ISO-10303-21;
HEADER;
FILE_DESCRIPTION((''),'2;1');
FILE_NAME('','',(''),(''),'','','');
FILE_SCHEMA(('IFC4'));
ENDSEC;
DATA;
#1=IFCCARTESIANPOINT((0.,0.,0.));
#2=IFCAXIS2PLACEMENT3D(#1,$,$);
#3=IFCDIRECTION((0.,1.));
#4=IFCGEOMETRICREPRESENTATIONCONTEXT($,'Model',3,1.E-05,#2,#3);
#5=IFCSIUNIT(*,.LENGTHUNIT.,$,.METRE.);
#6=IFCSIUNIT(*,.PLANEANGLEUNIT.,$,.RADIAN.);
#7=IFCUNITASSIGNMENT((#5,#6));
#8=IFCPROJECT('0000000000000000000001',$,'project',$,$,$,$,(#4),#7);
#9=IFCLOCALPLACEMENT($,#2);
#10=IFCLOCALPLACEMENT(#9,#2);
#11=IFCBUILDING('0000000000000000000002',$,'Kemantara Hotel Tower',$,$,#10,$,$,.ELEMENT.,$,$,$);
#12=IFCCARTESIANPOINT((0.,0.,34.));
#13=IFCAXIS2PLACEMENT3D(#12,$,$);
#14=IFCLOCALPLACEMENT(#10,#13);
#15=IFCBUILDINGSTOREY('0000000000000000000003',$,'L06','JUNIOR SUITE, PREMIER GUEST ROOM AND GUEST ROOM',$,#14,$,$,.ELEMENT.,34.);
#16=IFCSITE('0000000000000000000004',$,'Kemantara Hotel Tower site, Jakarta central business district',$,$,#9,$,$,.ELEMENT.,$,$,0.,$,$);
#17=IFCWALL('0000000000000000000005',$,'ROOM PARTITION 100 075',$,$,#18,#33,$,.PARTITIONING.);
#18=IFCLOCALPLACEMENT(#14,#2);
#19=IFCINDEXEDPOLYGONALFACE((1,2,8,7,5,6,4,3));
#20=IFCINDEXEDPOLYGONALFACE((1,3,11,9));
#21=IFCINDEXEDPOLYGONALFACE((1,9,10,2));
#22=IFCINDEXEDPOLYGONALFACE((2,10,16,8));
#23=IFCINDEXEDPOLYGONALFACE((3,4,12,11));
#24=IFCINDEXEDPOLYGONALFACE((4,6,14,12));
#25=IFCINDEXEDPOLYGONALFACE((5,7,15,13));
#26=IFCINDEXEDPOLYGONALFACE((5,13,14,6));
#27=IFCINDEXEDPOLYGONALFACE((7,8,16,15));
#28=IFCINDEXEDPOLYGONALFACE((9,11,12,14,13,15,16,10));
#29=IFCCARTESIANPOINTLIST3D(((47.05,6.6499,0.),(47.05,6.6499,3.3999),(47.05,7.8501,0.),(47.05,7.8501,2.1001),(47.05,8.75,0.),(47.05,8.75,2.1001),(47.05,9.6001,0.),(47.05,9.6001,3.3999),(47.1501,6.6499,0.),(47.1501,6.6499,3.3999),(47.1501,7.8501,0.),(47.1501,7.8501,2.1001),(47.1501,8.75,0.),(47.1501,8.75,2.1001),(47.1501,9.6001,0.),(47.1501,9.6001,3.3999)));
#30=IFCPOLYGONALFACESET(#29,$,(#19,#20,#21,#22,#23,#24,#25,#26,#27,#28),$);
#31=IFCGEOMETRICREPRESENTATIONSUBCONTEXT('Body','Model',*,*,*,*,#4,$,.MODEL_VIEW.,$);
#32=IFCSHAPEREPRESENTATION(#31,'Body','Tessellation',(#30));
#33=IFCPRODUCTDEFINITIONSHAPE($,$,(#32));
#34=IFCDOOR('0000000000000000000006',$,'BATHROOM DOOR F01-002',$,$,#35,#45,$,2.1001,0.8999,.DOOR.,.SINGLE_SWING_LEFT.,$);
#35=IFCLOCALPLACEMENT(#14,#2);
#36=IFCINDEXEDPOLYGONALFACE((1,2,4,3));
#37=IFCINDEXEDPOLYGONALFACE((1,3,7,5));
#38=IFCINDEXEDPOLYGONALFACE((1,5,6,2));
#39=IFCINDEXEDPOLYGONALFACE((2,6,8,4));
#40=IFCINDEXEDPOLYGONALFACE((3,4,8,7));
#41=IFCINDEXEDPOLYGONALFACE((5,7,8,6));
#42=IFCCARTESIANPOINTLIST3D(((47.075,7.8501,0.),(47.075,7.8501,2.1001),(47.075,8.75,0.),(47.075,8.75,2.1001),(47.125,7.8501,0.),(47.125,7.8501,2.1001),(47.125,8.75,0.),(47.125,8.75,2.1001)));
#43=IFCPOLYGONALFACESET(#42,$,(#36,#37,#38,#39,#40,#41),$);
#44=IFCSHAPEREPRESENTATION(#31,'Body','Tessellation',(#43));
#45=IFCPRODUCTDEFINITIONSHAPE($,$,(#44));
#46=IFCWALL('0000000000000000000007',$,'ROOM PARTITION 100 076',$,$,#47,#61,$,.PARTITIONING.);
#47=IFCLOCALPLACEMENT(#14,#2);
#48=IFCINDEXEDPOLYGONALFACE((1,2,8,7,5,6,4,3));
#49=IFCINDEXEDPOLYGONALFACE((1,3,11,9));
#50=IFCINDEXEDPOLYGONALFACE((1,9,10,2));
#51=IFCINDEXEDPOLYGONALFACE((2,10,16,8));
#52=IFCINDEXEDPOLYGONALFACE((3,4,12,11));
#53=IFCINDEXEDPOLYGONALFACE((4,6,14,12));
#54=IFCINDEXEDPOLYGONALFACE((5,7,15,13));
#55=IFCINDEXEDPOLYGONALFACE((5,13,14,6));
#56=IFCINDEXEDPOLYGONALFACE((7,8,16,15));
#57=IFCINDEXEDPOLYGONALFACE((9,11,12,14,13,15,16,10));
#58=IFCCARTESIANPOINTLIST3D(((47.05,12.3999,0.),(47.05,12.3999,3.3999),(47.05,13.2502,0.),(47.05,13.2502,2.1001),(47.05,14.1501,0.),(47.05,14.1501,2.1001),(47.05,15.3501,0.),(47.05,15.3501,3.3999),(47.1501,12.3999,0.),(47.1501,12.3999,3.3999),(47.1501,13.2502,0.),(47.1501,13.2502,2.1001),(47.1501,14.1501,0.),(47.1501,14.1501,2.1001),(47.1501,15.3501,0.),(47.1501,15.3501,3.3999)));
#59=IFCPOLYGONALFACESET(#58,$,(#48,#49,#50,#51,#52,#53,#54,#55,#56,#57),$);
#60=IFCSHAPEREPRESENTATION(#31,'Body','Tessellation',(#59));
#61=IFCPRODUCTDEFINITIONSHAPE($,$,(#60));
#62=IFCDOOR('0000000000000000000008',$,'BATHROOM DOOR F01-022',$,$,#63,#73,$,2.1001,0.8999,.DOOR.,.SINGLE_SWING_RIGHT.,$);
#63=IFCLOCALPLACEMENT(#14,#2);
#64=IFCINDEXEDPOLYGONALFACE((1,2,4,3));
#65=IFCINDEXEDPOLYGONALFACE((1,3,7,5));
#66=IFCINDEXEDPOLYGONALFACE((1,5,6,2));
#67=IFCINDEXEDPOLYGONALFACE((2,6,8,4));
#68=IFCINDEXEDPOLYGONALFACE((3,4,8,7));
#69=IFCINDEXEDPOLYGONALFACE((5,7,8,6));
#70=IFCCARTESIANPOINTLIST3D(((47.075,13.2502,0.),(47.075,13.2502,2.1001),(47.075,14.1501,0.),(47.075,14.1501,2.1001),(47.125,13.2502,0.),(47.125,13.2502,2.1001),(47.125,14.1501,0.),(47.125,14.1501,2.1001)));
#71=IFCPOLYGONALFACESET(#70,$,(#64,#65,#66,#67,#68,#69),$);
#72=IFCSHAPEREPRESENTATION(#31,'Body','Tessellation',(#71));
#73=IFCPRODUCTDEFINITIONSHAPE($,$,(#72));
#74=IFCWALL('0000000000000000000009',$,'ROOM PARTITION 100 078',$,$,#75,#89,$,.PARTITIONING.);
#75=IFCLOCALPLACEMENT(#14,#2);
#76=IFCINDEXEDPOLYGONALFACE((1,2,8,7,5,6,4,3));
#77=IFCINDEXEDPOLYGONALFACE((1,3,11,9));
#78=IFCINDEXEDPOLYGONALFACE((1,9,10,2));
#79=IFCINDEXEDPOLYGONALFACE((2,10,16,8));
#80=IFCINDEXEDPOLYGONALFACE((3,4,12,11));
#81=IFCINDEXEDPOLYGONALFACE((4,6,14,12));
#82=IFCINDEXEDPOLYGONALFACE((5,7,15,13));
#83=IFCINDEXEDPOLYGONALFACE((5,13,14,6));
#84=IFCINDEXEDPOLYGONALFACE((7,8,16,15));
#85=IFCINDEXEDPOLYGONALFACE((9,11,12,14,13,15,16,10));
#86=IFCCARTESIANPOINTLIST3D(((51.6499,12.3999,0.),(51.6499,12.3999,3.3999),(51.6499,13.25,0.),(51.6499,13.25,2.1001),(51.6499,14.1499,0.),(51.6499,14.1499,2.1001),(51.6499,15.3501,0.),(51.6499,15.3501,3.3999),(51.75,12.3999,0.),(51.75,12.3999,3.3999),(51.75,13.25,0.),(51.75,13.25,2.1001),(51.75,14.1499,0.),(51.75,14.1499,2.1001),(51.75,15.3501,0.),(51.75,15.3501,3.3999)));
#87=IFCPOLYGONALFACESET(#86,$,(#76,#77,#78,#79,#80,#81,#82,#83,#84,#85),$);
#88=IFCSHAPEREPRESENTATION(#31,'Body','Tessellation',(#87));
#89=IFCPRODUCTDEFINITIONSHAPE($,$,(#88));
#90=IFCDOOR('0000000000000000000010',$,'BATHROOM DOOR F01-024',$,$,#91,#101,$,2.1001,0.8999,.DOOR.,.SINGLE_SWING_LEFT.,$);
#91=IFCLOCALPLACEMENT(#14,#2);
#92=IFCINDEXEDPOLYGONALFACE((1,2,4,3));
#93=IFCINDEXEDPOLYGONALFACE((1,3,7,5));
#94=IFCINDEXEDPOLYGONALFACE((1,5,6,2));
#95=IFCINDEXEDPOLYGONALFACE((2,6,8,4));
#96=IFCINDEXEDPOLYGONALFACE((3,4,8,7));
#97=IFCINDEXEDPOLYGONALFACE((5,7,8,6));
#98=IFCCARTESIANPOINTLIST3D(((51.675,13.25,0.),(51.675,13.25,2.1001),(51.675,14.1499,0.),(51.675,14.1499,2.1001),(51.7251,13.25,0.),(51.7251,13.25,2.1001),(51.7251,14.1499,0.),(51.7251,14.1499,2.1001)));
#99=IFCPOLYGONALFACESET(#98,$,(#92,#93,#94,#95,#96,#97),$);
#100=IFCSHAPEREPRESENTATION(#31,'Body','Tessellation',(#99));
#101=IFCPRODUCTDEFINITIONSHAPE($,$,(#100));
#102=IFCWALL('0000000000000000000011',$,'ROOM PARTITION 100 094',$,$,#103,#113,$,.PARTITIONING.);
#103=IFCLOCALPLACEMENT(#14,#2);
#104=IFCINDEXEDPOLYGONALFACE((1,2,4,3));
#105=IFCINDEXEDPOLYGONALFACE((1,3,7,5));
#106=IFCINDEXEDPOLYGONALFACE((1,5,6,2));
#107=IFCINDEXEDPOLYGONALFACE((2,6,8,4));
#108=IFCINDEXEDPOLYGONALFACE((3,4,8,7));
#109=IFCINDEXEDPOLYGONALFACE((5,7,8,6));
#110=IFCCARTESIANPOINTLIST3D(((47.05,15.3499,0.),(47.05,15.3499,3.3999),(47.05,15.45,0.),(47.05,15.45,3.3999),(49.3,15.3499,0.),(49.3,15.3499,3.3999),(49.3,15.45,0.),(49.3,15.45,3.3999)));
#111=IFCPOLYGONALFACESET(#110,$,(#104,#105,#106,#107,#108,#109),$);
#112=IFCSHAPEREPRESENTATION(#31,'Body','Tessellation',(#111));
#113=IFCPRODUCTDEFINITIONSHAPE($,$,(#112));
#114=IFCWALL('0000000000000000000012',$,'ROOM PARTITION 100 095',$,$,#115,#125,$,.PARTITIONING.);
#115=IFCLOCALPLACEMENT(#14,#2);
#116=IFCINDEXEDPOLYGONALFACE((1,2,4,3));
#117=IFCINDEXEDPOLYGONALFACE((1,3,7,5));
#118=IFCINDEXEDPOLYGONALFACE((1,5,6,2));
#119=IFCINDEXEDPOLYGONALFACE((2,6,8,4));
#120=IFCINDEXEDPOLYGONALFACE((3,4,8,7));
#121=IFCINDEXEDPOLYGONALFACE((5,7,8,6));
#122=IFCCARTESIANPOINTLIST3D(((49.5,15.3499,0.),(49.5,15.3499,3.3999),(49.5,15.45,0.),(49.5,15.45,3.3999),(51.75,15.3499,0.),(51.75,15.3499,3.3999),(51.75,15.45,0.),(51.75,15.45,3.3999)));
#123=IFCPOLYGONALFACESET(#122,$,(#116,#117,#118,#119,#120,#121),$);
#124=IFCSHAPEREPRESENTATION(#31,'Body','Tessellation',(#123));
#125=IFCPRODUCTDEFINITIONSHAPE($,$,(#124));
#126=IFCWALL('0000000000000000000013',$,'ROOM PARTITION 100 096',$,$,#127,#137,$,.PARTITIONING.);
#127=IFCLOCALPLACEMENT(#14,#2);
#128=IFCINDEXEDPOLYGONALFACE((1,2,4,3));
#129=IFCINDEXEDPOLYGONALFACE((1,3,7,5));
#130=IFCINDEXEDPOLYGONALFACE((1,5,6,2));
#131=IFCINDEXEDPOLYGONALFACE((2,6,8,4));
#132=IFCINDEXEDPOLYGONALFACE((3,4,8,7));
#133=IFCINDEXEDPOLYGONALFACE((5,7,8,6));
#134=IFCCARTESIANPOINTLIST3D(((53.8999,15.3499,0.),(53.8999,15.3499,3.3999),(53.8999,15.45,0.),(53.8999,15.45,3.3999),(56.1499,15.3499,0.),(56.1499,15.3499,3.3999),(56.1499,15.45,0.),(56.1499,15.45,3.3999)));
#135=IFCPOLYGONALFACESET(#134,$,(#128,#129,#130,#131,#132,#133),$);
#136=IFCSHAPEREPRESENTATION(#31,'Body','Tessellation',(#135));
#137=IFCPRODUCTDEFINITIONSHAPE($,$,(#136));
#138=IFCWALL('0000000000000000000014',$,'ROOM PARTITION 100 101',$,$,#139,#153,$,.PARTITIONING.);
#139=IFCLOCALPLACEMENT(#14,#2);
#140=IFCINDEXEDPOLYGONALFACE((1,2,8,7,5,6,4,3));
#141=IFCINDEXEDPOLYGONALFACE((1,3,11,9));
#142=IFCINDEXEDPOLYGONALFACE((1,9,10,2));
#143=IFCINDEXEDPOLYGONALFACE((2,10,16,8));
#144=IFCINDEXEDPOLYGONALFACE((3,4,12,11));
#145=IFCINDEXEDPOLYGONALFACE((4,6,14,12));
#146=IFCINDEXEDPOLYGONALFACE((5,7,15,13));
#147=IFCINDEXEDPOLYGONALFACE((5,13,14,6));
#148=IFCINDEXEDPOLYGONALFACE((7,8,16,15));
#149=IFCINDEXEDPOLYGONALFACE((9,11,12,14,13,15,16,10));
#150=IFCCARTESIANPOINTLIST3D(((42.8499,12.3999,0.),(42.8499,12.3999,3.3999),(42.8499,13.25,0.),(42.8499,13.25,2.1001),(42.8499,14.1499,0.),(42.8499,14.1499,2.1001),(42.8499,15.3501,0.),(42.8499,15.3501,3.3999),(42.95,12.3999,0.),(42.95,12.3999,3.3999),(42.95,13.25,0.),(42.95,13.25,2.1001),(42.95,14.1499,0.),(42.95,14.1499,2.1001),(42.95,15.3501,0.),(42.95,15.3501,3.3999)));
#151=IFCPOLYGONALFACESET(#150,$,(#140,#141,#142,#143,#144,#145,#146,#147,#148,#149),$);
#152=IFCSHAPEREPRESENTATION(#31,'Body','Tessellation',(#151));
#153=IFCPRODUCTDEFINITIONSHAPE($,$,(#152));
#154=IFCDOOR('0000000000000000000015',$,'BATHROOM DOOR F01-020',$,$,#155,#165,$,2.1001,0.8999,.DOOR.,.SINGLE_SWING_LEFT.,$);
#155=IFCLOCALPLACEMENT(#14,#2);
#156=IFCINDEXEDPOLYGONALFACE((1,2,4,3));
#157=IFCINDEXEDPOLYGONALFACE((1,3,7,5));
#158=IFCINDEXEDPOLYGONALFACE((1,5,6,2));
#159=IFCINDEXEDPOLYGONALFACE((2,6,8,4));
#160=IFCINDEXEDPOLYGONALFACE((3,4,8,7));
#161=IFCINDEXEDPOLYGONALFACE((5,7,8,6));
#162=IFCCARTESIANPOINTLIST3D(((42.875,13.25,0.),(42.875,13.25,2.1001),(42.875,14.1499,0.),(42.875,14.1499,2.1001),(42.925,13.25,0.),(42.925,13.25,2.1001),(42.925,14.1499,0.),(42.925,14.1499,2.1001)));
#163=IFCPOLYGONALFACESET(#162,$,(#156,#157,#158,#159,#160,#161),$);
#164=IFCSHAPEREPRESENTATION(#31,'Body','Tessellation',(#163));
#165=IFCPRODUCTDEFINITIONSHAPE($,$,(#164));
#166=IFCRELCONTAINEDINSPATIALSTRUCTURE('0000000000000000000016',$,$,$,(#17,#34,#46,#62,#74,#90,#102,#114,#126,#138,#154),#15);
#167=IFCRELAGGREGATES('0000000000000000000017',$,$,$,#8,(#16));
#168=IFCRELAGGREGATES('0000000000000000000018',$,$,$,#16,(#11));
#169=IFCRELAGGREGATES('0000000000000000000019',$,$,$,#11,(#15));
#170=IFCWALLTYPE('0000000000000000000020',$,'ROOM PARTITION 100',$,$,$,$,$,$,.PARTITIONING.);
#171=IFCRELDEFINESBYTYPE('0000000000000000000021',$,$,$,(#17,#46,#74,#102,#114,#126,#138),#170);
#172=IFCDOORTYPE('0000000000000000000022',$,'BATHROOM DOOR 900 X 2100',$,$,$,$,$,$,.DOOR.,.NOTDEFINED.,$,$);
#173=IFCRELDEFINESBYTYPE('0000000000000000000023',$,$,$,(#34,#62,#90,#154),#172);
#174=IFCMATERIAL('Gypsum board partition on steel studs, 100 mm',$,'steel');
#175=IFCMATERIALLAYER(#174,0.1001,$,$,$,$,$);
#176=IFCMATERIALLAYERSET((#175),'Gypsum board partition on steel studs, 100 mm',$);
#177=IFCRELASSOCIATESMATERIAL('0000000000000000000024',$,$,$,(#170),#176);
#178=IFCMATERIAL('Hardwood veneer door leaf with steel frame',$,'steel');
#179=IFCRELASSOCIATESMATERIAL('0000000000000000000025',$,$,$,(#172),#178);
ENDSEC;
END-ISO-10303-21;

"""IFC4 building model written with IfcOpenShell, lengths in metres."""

from ifc_helpers import new_model, si_unit, direction, frame, frame_2d, origin, place, context, subcontext, project, spatial, rectangle, extrude, material, layer, layer_set, type_object, element, fill, save


model = new_model("IFC4")

# Units and contexts
model_context = context("Model", 3, precision=1e-05, world=origin(), true_north=direction((0.0, 1.0)))
body_context = subcontext(model_context, "Body", "Model", "MODEL_VIEW")
ifc_project = project(units=[si_unit("LENGTHUNIT", "METRE"), si_unit("PLANEANGLEUNIT", "RADIAN")], contexts=[model_context])

# Site, building, storey
site_placement = place(None, origin())
site = spatial("IfcSite", under=ifc_project, at=site_placement, Name="Kemantara Hotel Tower site, Jakarta central business district", CompositionType="ELEMENT", RefElevation=0.0)
building_placement = place(site_placement, origin())
building = spatial("IfcBuilding", under=site, at=building_placement, Name="Kemantara Hotel Tower", CompositionType="ELEMENT")
storey_placement = place(building_placement, frame((0.0, 0.0, 34.0)))
storey = spatial("IfcBuildingStorey", under=building, at=storey_placement, Name="L06", Description="JUNIOR SUITE, PREMIER GUEST ROOM AND GUEST ROOM", CompositionType="ELEMENT", Elevation=34.0)

# Shared definitions
ifc_material_1 = material(Name="Hardwood veneer door leaf with steel frame", Category="steel")

# Walls, openings, doors
ifc_material_2 = material(Name="Gypsum board partition on steel studs, 100 mm", Category="steel")
ifc_layer_1 = layer(ifc_material_2, 0.1001)
ifc_layer_set_1 = layer_set([ifc_layer_1], Name="Gypsum board partition on steel studs, 100 mm")
wall_type_1 = type_object("IfcWallType", Name="ROOM PARTITION 100", PredefinedType="PARTITIONING", material=ifc_layer_set_1)
wall_1_placement = place(storey_placement, frame((47.1001, 9.6001, 0.0), z_axis=(0.0, 0.0, 1.0), x_axis=(0.0, -1.0, 0.0)))
wall_1 = element("IfcWall", 1, at=wall_1_placement, inside=storey, type_object=wall_type_1, Name="ROOM PARTITION 100 075", PredefinedType="PARTITIONING", context=body_context, shape_type="SweptSolid", body=[
    extrude(rectangle(XDim=2.9502, YDim=0.1001, at=frame_2d((1.4751, 0.0))), origin(), (0.0, 0.0, 1.0), 3.3999),
])
opening_1_placement = place(wall_1_placement, frame((0.8501, 0.0, 0.0)))
opening_1 = element("IfcOpeningElement", 2, at=opening_1_placement, cuts=wall_1, PredefinedType="OPENING", context=body_context, shape_type="SweptSolid", body=[
    extrude(rectangle(XDim=0.8999, YDim=2.1001, at=frame_2d((0.45, 1.05))), frame((0.0, 0.0601, 0.0), z_axis=(0.0, -1.0, 0.0), x_axis=(1.0, 0.0, 0.0)), (0.0, 0.0, 1.0), 0.1201),
])
door_type_1 = type_object("IfcDoorType", Name="BATHROOM DOOR 900 X 2100", OperationType="NOTDEFINED", PredefinedType="DOOR", material=ifc_material_1)
door_1_placement = place(opening_1_placement, origin())
door_1 = element("IfcDoor", 3, at=door_1_placement, inside=storey, type_object=door_type_1, Name="BATHROOM DOOR F01-002", OperationType="SINGLE_SWING_LEFT", OverallHeight=2.1001, OverallWidth=0.8999, PredefinedType="DOOR", context=body_context, shape_type="SweptSolid", body=[
    extrude(rectangle(XDim=0.8999, YDim=2.1001, at=frame_2d((0.45, 1.05))), frame((0.0, 0.0249, 0.0), z_axis=(0.0, -1.0, 0.0), x_axis=(1.0, 0.0, 0.0)), (0.0, 0.0, 1.0), 0.05),
])
fill(opening_1, door_1)
wall_2_placement = place(storey_placement, frame((47.1001, 15.3501, 0.0), z_axis=(0.0, 0.0, 1.0), x_axis=(0.0, -1.0, 0.0)))
wall_2 = element("IfcWall", 4, at=wall_2_placement, inside=storey, type_object=wall_type_1, Name="ROOM PARTITION 100 076", PredefinedType="PARTITIONING", context=body_context, shape_type="SweptSolid", body=[
    extrude(rectangle(XDim=2.9502, YDim=0.1001, at=frame_2d((1.4751, 0.0))), origin(), (0.0, 0.0, 1.0), 3.3999),
])
opening_2_placement = place(wall_2_placement, frame((1.2, 0.0, 0.0)))
opening_2 = element("IfcOpeningElement", 5, at=opening_2_placement, cuts=wall_2, PredefinedType="OPENING", context=body_context, shape_type="SweptSolid", body=[
    extrude(rectangle(XDim=0.8999, YDim=2.1001, at=frame_2d((0.45, 1.05))), frame((0.0, 0.0601, 0.0), z_axis=(0.0, -1.0, 0.0), x_axis=(1.0, 0.0, 0.0)), (0.0, 0.0, 1.0), 0.1201),
])
door_2_placement = place(opening_2_placement, origin())
door_2 = element("IfcDoor", 6, at=door_2_placement, inside=storey, type_object=door_type_1, Name="BATHROOM DOOR F01-022", OperationType="SINGLE_SWING_RIGHT", OverallHeight=2.1001, OverallWidth=0.8999, PredefinedType="DOOR", context=body_context, shape_type="SweptSolid", body=[
    extrude(rectangle(XDim=0.8999, YDim=2.1001, at=frame_2d((0.45, 1.05))), frame((0.0, 0.0249, 0.0), z_axis=(0.0, -1.0, 0.0), x_axis=(1.0, 0.0, 0.0)), (0.0, 0.0, 1.0), 0.05),
])
fill(opening_2, door_2)
wall_3_placement = place(storey_placement, frame((51.7, 12.3999, 0.0), z_axis=(0.0, 0.0, 1.0), x_axis=(0.0, 1.0, 0.0)))
wall_3 = element("IfcWall", 7, at=wall_3_placement, inside=storey, type_object=wall_type_1, Name="ROOM PARTITION 100 078", PredefinedType="PARTITIONING", context=body_context, shape_type="SweptSolid", body=[
    extrude(rectangle(XDim=2.9502, YDim=0.1001, at=frame_2d((1.4751, 0.0))), origin(), (0.0, 0.0, 1.0), 3.3999),
])
opening_3_placement = place(wall_3_placement, frame((0.8501, 0.0, 0.0)))
opening_3 = element("IfcOpeningElement", 8, at=opening_3_placement, cuts=wall_3, PredefinedType="OPENING", context=body_context, shape_type="SweptSolid", body=[
    extrude(rectangle(XDim=0.8999, YDim=2.1001, at=frame_2d((0.45, 1.05))), frame((0.0, 0.0601, 0.0), z_axis=(0.0, -1.0, 0.0), x_axis=(1.0, 0.0, 0.0)), (0.0, 0.0, 1.0), 0.1201),
])
door_3_placement = place(opening_3_placement, origin())
door_3 = element("IfcDoor", 9, at=door_3_placement, inside=storey, type_object=door_type_1, Name="BATHROOM DOOR F01-024", OperationType="SINGLE_SWING_LEFT", OverallHeight=2.1001, OverallWidth=0.8999, PredefinedType="DOOR", context=body_context, shape_type="SweptSolid", body=[
    extrude(rectangle(XDim=0.8999, YDim=2.1001, at=frame_2d((0.45, 1.05))), frame((0.0, 0.0249, 0.0), z_axis=(0.0, -1.0, 0.0), x_axis=(1.0, 0.0, 0.0)), (0.0, 0.0, 1.0), 0.05),
])
fill(opening_3, door_3)

# Walls
for number, where, z_axis, x_axis, name in (
    (10, (47.05, 15.3999, 0.0), (0.0, 0.0, 1.0), (1.0, 0.0, 0.0), "ROOM PARTITION 100 094"),
    (11, (49.5, 15.3999, 0.0), (0.0, 0.0, 1.0), (1.0, 0.0, 0.0), "ROOM PARTITION 100 095"),
    (12, (53.8999, 15.3999, 0.0), (0.0, 0.0, 1.0), (1.0, 0.0, 0.0), "ROOM PARTITION 100 096"),
):
    element("IfcWall", number, at=place(storey_placement, frame(where, z_axis=z_axis, x_axis=x_axis)), inside=storey, type_object=wall_type_1, Name=name, PredefinedType="PARTITIONING", context=body_context, shape_type="SweptSolid", body=[
        extrude(rectangle(XDim=2.25, YDim=0.1001, at=frame_2d((1.125, 0.0))), origin(), (0.0, 0.0, 1.0), 3.3999),
    ])

# Wall, opening, door
wall_4_placement = place(storey_placement, frame((42.8999, 12.3999, 0.0), z_axis=(0.0, 0.0, 1.0), x_axis=(0.0, 1.0, 0.0)))
wall_4 = element("IfcWall", 13, at=wall_4_placement, inside=storey, type_object=wall_type_1, Name="ROOM PARTITION 100 101", PredefinedType="PARTITIONING", context=body_context, shape_type="SweptSolid", body=[
    extrude(rectangle(XDim=2.9502, YDim=0.1001, at=frame_2d((1.4751, 0.0))), origin(), (0.0, 0.0, 1.0), 3.3999),
])
opening_4_placement = place(wall_4_placement, frame((0.8501, 0.0, 0.0)))
opening_4 = element("IfcOpeningElement", 14, at=opening_4_placement, cuts=wall_4, PredefinedType="OPENING", context=body_context, shape_type="SweptSolid", body=[
    extrude(rectangle(XDim=0.8999, YDim=2.1001, at=frame_2d((0.45, 1.05))), frame((0.0, 0.0601, 0.0), z_axis=(0.0, -1.0, 0.0), x_axis=(1.0, 0.0, 0.0)), (0.0, 0.0, 1.0), 0.1201),
])
door_4_placement = place(opening_4_placement, origin())
door_4 = element("IfcDoor", 15, at=door_4_placement, inside=storey, type_object=door_type_1, Name="BATHROOM DOOR F01-020", OperationType="SINGLE_SWING_LEFT", OverallHeight=2.1001, OverallWidth=0.8999, PredefinedType="DOOR", context=body_context, shape_type="SweptSolid", body=[
    extrude(rectangle(XDim=0.8999, YDim=2.1001, at=frame_2d((0.45, 1.05))), frame((0.0, 0.0249, 0.0), z_axis=(0.0, -1.0, 0.0), x_axis=(1.0, 0.0, 0.0)), (0.0, 0.0, 1.0), 0.05),
])
fill(opening_4, door_4)

save(model, "model.ifc")
